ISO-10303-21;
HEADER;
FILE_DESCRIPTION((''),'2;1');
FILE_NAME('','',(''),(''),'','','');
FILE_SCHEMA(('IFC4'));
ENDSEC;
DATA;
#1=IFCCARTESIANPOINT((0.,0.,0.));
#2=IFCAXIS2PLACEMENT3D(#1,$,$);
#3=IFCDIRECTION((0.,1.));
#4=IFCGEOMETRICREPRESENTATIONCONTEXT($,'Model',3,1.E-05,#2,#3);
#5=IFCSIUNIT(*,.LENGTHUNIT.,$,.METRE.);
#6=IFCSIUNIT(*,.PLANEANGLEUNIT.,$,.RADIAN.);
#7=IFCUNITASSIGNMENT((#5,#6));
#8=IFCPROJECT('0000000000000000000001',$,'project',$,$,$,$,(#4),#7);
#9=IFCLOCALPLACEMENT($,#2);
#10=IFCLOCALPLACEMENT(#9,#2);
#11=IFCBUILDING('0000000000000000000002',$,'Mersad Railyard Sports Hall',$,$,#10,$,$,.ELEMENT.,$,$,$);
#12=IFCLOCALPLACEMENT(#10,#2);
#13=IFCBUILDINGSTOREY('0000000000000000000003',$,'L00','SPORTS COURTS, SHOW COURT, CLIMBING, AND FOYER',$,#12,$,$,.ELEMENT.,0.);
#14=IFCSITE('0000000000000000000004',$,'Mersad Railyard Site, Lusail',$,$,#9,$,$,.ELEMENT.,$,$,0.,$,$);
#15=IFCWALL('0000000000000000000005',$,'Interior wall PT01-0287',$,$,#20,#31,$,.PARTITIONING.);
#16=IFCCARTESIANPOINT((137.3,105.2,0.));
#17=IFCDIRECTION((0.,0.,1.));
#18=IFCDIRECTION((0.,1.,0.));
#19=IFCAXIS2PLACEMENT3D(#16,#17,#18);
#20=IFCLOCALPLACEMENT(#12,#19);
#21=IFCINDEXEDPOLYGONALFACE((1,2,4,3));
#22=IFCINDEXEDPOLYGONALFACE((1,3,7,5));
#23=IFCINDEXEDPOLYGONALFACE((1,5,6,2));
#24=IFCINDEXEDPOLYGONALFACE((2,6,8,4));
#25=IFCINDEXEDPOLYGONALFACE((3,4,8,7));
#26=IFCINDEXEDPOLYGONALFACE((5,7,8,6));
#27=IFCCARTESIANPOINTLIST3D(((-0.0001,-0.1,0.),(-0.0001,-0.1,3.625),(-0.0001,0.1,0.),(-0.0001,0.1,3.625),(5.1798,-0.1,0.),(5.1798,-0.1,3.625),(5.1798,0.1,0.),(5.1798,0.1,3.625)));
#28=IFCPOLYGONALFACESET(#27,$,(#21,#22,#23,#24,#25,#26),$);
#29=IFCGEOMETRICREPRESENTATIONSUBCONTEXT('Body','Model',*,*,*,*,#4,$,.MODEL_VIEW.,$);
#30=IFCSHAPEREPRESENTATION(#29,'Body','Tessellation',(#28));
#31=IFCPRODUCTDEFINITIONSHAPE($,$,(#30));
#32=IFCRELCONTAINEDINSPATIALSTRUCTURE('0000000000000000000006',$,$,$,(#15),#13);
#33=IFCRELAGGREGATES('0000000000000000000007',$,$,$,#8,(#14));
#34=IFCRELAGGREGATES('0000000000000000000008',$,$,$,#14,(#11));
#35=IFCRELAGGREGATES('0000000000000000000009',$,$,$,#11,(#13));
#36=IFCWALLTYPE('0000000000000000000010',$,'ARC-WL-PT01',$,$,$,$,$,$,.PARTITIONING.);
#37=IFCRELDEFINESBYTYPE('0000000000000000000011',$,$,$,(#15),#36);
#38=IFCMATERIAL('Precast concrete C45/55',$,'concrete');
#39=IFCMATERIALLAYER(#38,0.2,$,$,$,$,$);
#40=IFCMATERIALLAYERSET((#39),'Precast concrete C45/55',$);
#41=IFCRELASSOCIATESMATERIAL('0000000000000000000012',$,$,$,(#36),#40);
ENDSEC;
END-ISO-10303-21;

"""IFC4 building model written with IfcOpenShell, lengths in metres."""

from ifc_helpers import new_model, si_unit, direction, frame, frame_2d, origin, place, context, subcontext, project, spatial, rectangle, extrude, material, layer, layer_set, type_object, element, save


model = new_model("IFC4")

# Units and contexts
model_context = context("Model", 3, precision=1e-05, world=origin(), true_north=direction((0.0, 1.0)))
body_context = subcontext(model_context, "Body", "Model", "MODEL_VIEW")
ifc_project = project(units=[si_unit("LENGTHUNIT", "METRE"), si_unit("PLANEANGLEUNIT", "RADIAN")], contexts=[model_context])

# Site, building, storey
site_placement = place(None, origin())
site = spatial("IfcSite", under=ifc_project, at=site_placement, Name="Mersad Railyard Site, Lusail", CompositionType="ELEMENT", RefElevation=0.0)
building_placement = place(site_placement, origin())
building = spatial("IfcBuilding", under=site, at=building_placement, Name="Mersad Railyard Sports Hall", CompositionType="ELEMENT")
storey_placement = place(building_placement, origin())
storey = spatial("IfcBuildingStorey", under=building, at=storey_placement, Name="L00", Description="SPORTS COURTS, SHOW COURT, CLIMBING, AND FOYER", CompositionType="ELEMENT", Elevation=0.0)

# Wall
ifc_material_1 = material(Name="Precast concrete C45/55", Category="concrete")
ifc_layer_1 = layer(ifc_material_1, 0.2)
ifc_layer_set_1 = layer_set([ifc_layer_1], Name="Precast concrete C45/55")
wall_type_1 = type_object("IfcWallType", Name="ARC-WL-PT01", PredefinedType="PARTITIONING", material=ifc_layer_set_1)
wall_1_placement = place(storey_placement, frame((137.3, 105.2, 0.0), z_axis=(0.0, 0.0, 1.0), x_axis=(0.0, 1.0, 0.0)))
element("IfcWall", 1, at=wall_1_placement, inside=storey, type_object=wall_type_1, Name="Interior wall PT01-0287", PredefinedType="PARTITIONING", context=body_context, shape_type="SweptSolid", body=[
    extrude(rectangle(XDim=5.1799, YDim=0.2, at=frame_2d((2.5898, 0.0))), origin(), (0.0, 0.0, 1.0), 3.625),
])

save(model, "model.ifc")
